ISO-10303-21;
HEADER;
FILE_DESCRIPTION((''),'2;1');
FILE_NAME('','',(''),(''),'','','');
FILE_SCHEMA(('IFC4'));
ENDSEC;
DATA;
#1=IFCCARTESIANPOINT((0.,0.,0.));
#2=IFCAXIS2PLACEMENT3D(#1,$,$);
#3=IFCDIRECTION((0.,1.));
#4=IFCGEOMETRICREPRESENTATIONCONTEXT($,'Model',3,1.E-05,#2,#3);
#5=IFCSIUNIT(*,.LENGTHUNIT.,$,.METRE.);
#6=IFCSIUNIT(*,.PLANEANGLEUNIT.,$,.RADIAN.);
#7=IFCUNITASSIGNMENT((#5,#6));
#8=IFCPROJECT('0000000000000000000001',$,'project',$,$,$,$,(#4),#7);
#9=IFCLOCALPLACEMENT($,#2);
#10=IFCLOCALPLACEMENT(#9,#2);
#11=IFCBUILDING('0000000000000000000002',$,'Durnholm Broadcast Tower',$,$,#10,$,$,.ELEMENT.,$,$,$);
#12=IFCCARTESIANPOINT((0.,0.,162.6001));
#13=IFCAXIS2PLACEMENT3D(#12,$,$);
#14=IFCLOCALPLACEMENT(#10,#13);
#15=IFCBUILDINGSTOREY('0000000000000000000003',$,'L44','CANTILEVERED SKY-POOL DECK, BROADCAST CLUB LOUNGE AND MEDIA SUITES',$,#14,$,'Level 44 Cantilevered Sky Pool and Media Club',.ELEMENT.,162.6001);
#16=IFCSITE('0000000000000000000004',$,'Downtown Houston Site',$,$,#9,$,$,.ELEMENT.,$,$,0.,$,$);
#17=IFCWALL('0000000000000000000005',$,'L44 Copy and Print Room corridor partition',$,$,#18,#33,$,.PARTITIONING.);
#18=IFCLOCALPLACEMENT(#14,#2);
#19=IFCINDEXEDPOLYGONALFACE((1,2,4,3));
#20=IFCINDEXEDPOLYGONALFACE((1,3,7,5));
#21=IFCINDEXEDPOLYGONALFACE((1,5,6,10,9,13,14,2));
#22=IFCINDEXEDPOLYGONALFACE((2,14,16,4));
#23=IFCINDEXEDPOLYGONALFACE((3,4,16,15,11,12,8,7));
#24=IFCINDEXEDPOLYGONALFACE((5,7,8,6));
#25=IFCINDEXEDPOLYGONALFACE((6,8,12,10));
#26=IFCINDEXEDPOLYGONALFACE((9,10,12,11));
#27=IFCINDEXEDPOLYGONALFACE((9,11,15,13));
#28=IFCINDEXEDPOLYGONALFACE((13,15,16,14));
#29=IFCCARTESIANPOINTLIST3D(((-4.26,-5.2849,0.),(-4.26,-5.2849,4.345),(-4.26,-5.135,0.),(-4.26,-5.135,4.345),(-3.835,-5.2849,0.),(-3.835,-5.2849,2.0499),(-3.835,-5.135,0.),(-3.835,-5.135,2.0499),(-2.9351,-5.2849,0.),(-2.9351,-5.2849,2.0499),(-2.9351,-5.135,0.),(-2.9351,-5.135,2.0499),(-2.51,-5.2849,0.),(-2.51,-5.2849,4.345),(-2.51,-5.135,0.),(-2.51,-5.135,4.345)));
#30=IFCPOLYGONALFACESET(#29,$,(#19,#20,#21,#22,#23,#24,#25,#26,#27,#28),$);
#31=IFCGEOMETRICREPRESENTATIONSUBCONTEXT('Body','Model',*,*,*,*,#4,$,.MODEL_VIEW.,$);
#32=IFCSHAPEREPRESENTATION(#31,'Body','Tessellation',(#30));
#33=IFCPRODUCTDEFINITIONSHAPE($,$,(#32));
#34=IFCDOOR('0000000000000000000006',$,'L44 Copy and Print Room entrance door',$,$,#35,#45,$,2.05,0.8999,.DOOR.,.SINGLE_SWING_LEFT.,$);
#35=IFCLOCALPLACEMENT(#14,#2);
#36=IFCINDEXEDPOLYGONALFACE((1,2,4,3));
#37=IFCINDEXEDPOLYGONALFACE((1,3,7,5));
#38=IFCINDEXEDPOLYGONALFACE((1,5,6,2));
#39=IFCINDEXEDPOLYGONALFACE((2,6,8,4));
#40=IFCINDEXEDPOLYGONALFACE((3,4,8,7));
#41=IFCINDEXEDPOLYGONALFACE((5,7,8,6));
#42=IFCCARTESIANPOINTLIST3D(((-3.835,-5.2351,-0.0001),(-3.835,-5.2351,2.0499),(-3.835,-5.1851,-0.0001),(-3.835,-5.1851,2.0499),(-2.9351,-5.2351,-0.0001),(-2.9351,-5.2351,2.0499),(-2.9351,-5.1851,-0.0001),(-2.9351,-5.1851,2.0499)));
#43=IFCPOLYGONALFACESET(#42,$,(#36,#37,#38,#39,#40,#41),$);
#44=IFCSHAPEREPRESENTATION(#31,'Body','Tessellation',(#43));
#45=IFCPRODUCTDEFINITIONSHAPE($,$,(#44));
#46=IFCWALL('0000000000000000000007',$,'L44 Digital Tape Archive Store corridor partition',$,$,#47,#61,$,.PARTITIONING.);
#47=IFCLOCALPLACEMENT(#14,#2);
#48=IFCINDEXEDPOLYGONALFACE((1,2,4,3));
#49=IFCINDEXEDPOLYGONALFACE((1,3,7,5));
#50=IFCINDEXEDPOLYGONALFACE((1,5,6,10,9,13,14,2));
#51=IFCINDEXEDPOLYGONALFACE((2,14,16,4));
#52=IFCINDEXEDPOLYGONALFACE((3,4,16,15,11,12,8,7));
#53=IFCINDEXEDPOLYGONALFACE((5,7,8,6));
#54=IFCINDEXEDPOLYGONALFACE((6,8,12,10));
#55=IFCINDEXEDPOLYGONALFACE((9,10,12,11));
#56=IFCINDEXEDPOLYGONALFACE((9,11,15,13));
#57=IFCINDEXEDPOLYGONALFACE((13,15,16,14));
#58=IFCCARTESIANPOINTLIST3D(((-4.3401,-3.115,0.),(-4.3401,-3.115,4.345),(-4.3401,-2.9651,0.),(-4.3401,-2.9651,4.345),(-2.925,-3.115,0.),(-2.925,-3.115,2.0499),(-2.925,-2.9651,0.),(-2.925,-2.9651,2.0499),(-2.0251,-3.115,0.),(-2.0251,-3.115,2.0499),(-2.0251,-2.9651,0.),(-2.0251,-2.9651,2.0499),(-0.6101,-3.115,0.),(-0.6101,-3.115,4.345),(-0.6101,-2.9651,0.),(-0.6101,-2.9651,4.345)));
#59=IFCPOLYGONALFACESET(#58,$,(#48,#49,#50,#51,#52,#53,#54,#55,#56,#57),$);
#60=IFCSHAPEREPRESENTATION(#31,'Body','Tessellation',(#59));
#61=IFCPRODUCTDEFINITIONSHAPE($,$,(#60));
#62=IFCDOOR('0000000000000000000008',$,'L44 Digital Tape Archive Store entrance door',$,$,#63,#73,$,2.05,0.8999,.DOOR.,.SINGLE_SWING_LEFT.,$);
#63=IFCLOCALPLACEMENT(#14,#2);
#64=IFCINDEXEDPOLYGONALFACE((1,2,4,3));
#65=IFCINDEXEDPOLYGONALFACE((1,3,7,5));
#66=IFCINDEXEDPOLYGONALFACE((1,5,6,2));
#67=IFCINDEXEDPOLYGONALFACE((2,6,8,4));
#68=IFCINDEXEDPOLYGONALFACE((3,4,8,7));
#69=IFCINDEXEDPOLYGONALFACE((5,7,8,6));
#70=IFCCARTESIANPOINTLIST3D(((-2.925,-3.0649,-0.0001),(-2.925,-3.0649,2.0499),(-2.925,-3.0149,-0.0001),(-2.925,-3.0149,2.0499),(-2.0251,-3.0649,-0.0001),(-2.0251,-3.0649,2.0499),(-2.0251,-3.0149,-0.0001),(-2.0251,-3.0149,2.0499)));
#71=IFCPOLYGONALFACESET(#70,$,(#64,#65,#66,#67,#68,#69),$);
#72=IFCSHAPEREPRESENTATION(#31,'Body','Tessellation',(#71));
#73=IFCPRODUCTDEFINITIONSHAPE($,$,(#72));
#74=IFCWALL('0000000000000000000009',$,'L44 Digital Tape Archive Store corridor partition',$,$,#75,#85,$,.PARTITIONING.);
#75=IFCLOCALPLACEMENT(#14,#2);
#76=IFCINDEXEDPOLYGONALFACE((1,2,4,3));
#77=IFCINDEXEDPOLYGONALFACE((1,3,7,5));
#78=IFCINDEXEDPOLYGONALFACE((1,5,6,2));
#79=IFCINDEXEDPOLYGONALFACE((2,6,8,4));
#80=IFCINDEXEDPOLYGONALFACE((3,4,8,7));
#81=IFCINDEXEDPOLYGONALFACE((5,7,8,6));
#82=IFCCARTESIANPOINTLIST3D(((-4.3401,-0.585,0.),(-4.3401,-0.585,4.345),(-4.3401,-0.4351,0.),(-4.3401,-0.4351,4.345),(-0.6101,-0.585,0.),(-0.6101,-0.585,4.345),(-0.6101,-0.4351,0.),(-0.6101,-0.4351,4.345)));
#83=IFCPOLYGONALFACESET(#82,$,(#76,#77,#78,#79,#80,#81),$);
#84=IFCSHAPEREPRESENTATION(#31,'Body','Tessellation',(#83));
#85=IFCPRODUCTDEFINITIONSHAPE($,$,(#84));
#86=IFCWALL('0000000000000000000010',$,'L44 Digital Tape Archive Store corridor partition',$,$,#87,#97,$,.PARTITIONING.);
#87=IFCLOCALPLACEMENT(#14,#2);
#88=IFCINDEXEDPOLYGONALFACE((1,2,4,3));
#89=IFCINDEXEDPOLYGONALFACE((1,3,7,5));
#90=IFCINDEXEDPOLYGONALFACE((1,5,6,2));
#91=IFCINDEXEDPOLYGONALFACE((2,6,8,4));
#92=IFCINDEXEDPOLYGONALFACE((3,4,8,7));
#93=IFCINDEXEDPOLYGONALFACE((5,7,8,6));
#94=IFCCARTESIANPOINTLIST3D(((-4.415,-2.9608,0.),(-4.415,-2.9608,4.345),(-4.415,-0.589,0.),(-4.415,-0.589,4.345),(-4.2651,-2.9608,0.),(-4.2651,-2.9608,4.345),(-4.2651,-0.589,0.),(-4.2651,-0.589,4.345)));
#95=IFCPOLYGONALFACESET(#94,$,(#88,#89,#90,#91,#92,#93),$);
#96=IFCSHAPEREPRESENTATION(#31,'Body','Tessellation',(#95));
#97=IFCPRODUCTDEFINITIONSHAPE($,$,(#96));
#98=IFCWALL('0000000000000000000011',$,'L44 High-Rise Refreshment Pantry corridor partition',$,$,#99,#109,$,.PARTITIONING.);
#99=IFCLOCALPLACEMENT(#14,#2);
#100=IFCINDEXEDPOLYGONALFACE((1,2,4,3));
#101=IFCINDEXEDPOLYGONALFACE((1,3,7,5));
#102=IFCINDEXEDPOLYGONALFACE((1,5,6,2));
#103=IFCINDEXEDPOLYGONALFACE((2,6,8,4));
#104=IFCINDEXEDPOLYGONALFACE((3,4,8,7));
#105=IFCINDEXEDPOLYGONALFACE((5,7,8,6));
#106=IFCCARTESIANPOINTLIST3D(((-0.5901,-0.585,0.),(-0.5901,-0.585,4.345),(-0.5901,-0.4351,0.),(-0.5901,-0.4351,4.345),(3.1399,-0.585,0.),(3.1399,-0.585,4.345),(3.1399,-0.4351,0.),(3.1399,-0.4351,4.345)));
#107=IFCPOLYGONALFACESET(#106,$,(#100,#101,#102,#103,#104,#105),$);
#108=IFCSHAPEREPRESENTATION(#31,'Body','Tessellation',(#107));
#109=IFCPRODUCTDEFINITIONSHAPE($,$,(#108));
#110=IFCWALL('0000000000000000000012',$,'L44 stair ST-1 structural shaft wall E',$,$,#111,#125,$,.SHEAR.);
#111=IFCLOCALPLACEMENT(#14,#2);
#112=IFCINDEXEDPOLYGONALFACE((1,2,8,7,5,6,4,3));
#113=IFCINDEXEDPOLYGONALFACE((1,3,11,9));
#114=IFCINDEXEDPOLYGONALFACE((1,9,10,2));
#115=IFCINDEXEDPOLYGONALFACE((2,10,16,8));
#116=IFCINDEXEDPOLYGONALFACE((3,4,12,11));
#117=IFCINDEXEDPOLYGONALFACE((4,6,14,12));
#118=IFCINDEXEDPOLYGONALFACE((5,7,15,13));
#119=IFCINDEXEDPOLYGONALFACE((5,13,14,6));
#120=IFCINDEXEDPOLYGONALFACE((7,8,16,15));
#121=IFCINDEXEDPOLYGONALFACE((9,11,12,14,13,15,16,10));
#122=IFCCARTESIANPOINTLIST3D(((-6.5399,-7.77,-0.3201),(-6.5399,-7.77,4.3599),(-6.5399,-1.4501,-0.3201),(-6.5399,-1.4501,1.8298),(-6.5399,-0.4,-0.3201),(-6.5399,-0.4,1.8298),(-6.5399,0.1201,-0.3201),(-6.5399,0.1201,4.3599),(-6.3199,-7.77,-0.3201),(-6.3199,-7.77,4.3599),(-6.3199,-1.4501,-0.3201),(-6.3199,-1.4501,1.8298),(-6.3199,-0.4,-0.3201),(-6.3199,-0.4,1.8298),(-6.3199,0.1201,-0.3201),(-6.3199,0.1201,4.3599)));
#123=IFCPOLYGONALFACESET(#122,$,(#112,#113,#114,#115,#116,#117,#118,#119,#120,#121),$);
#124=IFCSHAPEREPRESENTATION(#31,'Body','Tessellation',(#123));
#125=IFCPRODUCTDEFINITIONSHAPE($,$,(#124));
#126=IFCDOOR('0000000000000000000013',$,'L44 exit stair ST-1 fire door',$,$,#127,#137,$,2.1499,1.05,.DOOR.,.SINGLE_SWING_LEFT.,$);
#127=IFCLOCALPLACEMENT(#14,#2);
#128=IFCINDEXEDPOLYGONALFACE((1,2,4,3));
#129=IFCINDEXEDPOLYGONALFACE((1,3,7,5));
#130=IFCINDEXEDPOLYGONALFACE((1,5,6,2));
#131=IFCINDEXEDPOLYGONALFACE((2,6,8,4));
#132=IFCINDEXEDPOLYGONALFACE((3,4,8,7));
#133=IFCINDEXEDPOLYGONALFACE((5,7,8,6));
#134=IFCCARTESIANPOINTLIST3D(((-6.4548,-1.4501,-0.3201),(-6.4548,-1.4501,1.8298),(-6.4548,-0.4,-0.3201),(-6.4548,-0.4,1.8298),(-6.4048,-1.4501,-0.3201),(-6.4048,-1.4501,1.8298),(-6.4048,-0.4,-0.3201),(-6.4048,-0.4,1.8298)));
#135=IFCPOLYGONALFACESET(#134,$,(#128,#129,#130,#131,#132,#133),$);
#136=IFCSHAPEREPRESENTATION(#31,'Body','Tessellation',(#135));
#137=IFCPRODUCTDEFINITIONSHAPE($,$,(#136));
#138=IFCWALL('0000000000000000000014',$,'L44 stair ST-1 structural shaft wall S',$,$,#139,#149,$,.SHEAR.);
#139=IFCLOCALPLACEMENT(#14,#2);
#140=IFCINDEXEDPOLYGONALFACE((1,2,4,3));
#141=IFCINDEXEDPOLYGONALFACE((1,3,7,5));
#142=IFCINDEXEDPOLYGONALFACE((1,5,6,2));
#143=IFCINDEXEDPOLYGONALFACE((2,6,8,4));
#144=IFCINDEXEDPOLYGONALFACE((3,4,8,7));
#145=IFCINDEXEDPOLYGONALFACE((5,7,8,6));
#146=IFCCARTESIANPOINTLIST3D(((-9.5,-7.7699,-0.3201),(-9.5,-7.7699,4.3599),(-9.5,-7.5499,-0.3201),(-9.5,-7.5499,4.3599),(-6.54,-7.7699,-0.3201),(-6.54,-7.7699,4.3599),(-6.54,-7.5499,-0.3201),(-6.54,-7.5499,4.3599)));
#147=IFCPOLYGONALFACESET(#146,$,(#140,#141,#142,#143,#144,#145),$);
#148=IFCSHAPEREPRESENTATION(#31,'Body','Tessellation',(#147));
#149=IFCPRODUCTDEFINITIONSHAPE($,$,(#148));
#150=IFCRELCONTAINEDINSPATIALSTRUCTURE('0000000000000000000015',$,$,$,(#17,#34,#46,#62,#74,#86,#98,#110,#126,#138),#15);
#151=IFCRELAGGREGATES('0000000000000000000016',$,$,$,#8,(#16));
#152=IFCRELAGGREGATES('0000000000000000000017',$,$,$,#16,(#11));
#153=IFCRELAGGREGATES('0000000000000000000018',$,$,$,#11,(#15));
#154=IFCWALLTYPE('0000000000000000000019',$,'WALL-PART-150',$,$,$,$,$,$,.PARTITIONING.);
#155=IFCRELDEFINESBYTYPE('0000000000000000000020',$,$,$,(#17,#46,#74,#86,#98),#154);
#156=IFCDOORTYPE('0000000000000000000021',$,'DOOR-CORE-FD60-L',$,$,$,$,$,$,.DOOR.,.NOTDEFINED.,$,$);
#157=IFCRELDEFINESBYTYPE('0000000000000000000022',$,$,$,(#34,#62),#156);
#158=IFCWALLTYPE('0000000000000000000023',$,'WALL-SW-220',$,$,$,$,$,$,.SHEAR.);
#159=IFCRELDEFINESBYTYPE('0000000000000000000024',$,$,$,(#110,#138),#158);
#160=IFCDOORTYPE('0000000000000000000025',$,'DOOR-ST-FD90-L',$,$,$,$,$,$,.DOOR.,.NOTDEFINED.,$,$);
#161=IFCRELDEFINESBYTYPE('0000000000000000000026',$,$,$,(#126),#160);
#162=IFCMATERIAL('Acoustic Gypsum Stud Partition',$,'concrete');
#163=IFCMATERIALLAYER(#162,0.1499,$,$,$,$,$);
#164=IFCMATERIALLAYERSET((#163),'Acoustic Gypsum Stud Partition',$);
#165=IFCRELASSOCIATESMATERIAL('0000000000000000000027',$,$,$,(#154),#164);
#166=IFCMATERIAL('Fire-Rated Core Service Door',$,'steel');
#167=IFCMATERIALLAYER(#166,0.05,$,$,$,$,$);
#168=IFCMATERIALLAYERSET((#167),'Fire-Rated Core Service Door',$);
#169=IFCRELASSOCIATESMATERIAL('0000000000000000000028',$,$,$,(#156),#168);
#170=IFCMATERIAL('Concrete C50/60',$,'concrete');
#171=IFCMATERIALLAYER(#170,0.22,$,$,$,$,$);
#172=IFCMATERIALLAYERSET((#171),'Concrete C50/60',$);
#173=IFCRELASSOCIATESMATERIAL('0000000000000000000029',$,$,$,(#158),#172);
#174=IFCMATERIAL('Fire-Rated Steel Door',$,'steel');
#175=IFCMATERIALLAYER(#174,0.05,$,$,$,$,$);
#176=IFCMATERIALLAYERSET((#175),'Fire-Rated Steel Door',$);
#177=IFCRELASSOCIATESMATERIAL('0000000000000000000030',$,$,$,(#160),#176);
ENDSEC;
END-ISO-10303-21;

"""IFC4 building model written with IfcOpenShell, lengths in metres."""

from ifc_helpers import new_model, si_unit, direction, frame, frame_2d, origin, place, context, subcontext, project, spatial, rectangle, extrude, source, transform, mapped, material, layer, layer_set, type_object, type_shapes, element, fill, save


model = new_model("IFC4")

# Units and contexts
model_context = context("Model", 3, precision=1e-05, world=origin(), true_north=direction((0.0, 1.0)))
body_context = subcontext(model_context, "Body", "Model", "MODEL_VIEW")
ifc_project = project(units=[si_unit("LENGTHUNIT", "METRE"), si_unit("PLANEANGLEUNIT", "RADIAN")], contexts=[model_context])

# Site, building, storey
site_placement = place(None, origin())
site = spatial("IfcSite", under=ifc_project, at=site_placement, Name="Downtown Houston Site", CompositionType="ELEMENT", RefElevation=0.0)
building_placement = place(site_placement, origin())
building = spatial("IfcBuilding", under=site, at=building_placement, Name="Durnholm Broadcast Tower", CompositionType="ELEMENT")
storey_placement = place(building_placement, frame((0.0, 0.0, 162.6001)))
storey = spatial("IfcBuildingStorey", under=building, at=storey_placement, Name="L44", Description="CANTILEVERED SKY-POOL DECK, BROADCAST CLUB LOUNGE AND MEDIA SUITES", LongName="Level 44 Cantilevered Sky Pool and Media Club", CompositionType="ELEMENT", Elevation=162.6001)

# Shared definitions
ifc_material_1 = material(Name="Concrete C50/60", Category="concrete")

# Walls, openings, doors
ifc_material_2 = material(Name="Fire-Rated Core Service Door", Category="steel")
ifc_material_3 = material(Name="Acoustic Gypsum Stud Partition", Category="concrete")
ifc_layer_1 = layer(ifc_material_3, 0.1499)
ifc_layer_set_1 = layer_set([ifc_layer_1], Name="Acoustic Gypsum Stud Partition")
wall_type_1 = type_object("IfcWallType", Name="WALL-PART-150", PredefinedType="PARTITIONING", material=ifc_layer_set_1)
wall_1_placement = place(storey_placement, frame((-4.26, -5.21, 0.0), z_axis=(0.0, 0.0, 1.0), x_axis=(1.0, 0.0, 0.0)))
wall_1 = element("IfcWall", 1, at=wall_1_placement, inside=storey, type_object=wall_type_1, Name="L44 Copy and Print Room corridor partition", PredefinedType="PARTITIONING", context=body_context, shape_type="SweptSolid", body=[
    extrude(rectangle(XDim=1.75, YDim=0.1499, at=frame_2d((0.875, 0.0))), origin(), (0.0, 0.0, 1.0), 4.345),
])
opening_1_placement = place(wall_1_placement, frame((0.425, 0.0, 0.0)))
opening_1 = element("IfcOpeningElement", 2, at=opening_1_placement, cuts=wall_1, PredefinedType="OPENING", context=body_context, shape_type="SweptSolid", body=[
    extrude(rectangle(XDim=0.8999, YDim=2.05, at=frame_2d((0.45, 1.0249))), frame((0.0, 0.085, 0.0), z_axis=(0.0, -1.0, 0.0), x_axis=(1.0, 0.0, 0.0)), (0.0, 0.0, 1.0), 0.1699),
])
ifc_layer_2 = layer(ifc_material_2, 0.05)
ifc_layer_set_2 = layer_set([ifc_layer_2], Name="Fire-Rated Core Service Door")
door_type_1 = type_object("IfcDoorType", Name="DOOR-CORE-FD60-L", OperationType="NOTDEFINED", PredefinedType="DOOR", material=ifc_layer_set_2)
shared_shape_1 = source(origin(), body_context, "Body", "SweptSolid", [
    extrude(rectangle(XDim=0.8999, YDim=2.05, at=frame_2d((0.45, 1.0249))), frame((0.0, 0.0249, 0.0), z_axis=(0.0, -1.0, 0.0), x_axis=(1.0, 0.0, 0.0)), (0.0, 0.0, 1.0), 0.05),
])
type_shapes(door_type_1, [shared_shape_1])
door_1_placement = place(opening_1_placement, origin())
door_1 = element("IfcDoor", 3, at=door_1_placement, inside=storey, type_object=door_type_1, Name="L44 Copy and Print Room entrance door", OperationType="SINGLE_SWING_LEFT", OverallHeight=2.05, OverallWidth=0.8999, PredefinedType="DOOR", context=body_context, shape_type="MappedRepresentation", body=[
    mapped(shared_shape_1, transform((0.0, 0.0, 0.0), x_axis=(1.0, 0.0, 0.0), y_axis=(0.0, 1.0, 0.0), z_axis=(0.0, 0.0, 1.0), scale=1.0)),
])
fill(opening_1, door_1)
wall_2_placement = place(storey_placement, frame((-0.6101, -3.04, 0.0), z_axis=(0.0, 0.0, 1.0), x_axis=(-1.0, 0.0, 0.0)))
wall_2 = element("IfcWall", 4, at=wall_2_placement, inside=storey, type_object=wall_type_1, Name="L44 Digital Tape Archive Store corridor partition", PredefinedType="PARTITIONING", context=body_context, shape_type="SweptSolid", body=[
    extrude(rectangle(XDim=3.73, YDim=0.1499, at=frame_2d((1.865, 0.0))), origin(), (0.0, 0.0, 1.0), 4.345),
])
opening_2_placement = place(wall_2_placement, frame((1.415, 0.0, 0.0)))
opening_2 = element("IfcOpeningElement", 5, at=opening_2_placement, cuts=wall_2, PredefinedType="OPENING", context=body_context, shape_type="SweptSolid", body=[
    extrude(rectangle(XDim=0.8999, YDim=2.05, at=frame_2d((0.45, 1.0249))), frame((0.0, 0.085, 0.0), z_axis=(0.0, -1.0, 0.0), x_axis=(1.0, 0.0, 0.0)), (0.0, 0.0, 1.0), 0.1699),
])
door_2_placement = place(opening_2_placement, origin())
door_2 = element("IfcDoor", 6, at=door_2_placement, inside=storey, type_object=door_type_1, Name="L44 Digital Tape Archive Store entrance door", OperationType="SINGLE_SWING_LEFT", OverallHeight=2.05, OverallWidth=0.8999, PredefinedType="DOOR", context=body_context, shape_type="MappedRepresentation", body=[
    mapped(shared_shape_1, transform((0.0, 0.0, 0.0), x_axis=(1.0, 0.0, 0.0), y_axis=(0.0, 1.0, 0.0), z_axis=(0.0, 0.0, 1.0), scale=1.0)),
])
fill(opening_2, door_2)

# Walls
wall_3_placement = place(storey_placement, frame((-4.3401, -0.51, 0.0), z_axis=(0.0, 0.0, 1.0), x_axis=(1.0, 0.0, 0.0)))
element("IfcWall", 7, at=wall_3_placement, inside=storey, type_object=wall_type_1, Name="L44 Digital Tape Archive Store corridor partition", PredefinedType="PARTITIONING", context=body_context, shape_type="SweptSolid", body=[
    extrude(rectangle(XDim=3.73, YDim=0.1499, at=frame_2d((1.865, 0.0))), origin(), (0.0, 0.0, 1.0), 4.345),
])
wall_4_placement = place(storey_placement, frame((-4.3401, -2.9609, 0.0), z_axis=(0.0, 0.0, 1.0), x_axis=(0.0, 1.0, 0.0)))
element("IfcWall", 8, at=wall_4_placement, inside=storey, type_object=wall_type_1, Name="L44 Digital Tape Archive Store corridor partition", PredefinedType="PARTITIONING", context=body_context, shape_type="SweptSolid", body=[
    extrude(rectangle(XDim=2.3718, YDim=0.1499, at=frame_2d((1.186, 0.0))), origin(), (0.0, 0.0, 1.0), 4.345),
])
wall_5_placement = place(storey_placement, frame((-0.5901, -0.51, 0.0), z_axis=(0.0, 0.0, 1.0), x_axis=(1.0, 0.0, 0.0)))
element("IfcWall", 9, at=wall_5_placement, inside=storey, type_object=wall_type_1, Name="L44 High-Rise Refreshment Pantry corridor partition", PredefinedType="PARTITIONING", context=body_context, shape_type="SweptSolid", body=[
    extrude(rectangle(XDim=3.73, YDim=0.1499, at=frame_2d((1.865, 0.0))), origin(), (0.0, 0.0, 1.0), 4.345),
])

# Wall, opening, door
ifc_layer_3 = layer(ifc_material_1, 0.22)
ifc_layer_set_3 = layer_set([ifc_layer_3], Name="Concrete C50/60")
wall_type_2 = type_object("IfcWallType", Name="WALL-SW-220", PredefinedType="SHEAR", material=ifc_layer_set_3)
wall_6_placement = place(storey_placement, frame((-6.4299, -7.77, -0.3201), z_axis=(0.0, 0.0, 1.0), x_axis=(0.0, 1.0, 0.0)))
wall_6 = element("IfcWall", 10, at=wall_6_placement, inside=storey, type_object=wall_type_2, Name="L44 stair ST-1 structural shaft wall E", PredefinedType="SHEAR", context=body_context, shape_type="SweptSolid", body=[
    extrude(rectangle(XDim=7.8901, YDim=0.22, at=frame_2d((3.9451, 0.0))), origin(), (0.0, 0.0, 1.0), 4.6799),
])
opening_3_placement = place(wall_6_placement, frame((6.3201, 0.0, 0.0)))
opening_3 = element("IfcOpeningElement", 11, at=opening_3_placement, cuts=wall_6, PredefinedType="OPENING", context=body_context, shape_type="SweptSolid", body=[
    extrude(rectangle(XDim=1.05, YDim=2.1499, at=frame_2d((0.5249, 1.075))), frame((0.0, 0.1201, 0.0), z_axis=(0.0, -1.0, 0.0), x_axis=(1.0, 0.0, 0.0)), (0.0, 0.0, 1.0), 0.24),
])
ifc_material_4 = material(Name="Fire-Rated Steel Door", Category="steel")
ifc_layer_4 = layer(ifc_material_4, 0.05)
ifc_layer_set_4 = layer_set([ifc_layer_4], Name="Fire-Rated Steel Door")
door_type_2 = type_object("IfcDoorType", Name="DOOR-ST-FD90-L", OperationType="NOTDEFINED", PredefinedType="DOOR", material=ifc_layer_set_4)
shared_shape_2 = source(origin(), body_context, "Body", "SweptSolid", [
    extrude(rectangle(XDim=1.05, YDim=2.1499, at=frame_2d((0.5249, 1.075))), frame((0.0, 0.0249, 0.0), z_axis=(0.0, -1.0, 0.0), x_axis=(1.0, 0.0, 0.0)), (0.0, 0.0, 1.0), 0.05),
])
type_shapes(door_type_2, [shared_shape_2])
door_3_placement = place(opening_3_placement, origin())
door_3 = element("IfcDoor", 12, at=door_3_placement, inside=storey, type_object=door_type_2, Name="L44 exit stair ST-1 fire door", OperationType="SINGLE_SWING_LEFT", OverallHeight=2.1499, OverallWidth=1.05, PredefinedType="DOOR", context=body_context, shape_type="MappedRepresentation", body=[
    mapped(shared_shape_2, transform((0.0, 0.0, 0.0), x_axis=(1.0, 0.0, 0.0), y_axis=(0.0, 1.0, 0.0), z_axis=(0.0, 0.0, 1.0), scale=1.0)),
])
fill(opening_3, door_3)

# Wall
wall_7_placement = place(storey_placement, frame((-9.5, -7.6599, -0.3201), z_axis=(0.0, 0.0, 1.0), x_axis=(1.0, 0.0, 0.0)))
element("IfcWall", 13, at=wall_7_placement, inside=storey, type_object=wall_type_2, Name="L44 stair ST-1 structural shaft wall S", PredefinedType="SHEAR", context=body_context, shape_type="SweptSolid", body=[
    extrude(rectangle(XDim=2.96, YDim=0.22, at=frame_2d((1.48, 0.0))), origin(), (0.0, 0.0, 1.0), 4.6799),
])

save(model, "model.ifc")
